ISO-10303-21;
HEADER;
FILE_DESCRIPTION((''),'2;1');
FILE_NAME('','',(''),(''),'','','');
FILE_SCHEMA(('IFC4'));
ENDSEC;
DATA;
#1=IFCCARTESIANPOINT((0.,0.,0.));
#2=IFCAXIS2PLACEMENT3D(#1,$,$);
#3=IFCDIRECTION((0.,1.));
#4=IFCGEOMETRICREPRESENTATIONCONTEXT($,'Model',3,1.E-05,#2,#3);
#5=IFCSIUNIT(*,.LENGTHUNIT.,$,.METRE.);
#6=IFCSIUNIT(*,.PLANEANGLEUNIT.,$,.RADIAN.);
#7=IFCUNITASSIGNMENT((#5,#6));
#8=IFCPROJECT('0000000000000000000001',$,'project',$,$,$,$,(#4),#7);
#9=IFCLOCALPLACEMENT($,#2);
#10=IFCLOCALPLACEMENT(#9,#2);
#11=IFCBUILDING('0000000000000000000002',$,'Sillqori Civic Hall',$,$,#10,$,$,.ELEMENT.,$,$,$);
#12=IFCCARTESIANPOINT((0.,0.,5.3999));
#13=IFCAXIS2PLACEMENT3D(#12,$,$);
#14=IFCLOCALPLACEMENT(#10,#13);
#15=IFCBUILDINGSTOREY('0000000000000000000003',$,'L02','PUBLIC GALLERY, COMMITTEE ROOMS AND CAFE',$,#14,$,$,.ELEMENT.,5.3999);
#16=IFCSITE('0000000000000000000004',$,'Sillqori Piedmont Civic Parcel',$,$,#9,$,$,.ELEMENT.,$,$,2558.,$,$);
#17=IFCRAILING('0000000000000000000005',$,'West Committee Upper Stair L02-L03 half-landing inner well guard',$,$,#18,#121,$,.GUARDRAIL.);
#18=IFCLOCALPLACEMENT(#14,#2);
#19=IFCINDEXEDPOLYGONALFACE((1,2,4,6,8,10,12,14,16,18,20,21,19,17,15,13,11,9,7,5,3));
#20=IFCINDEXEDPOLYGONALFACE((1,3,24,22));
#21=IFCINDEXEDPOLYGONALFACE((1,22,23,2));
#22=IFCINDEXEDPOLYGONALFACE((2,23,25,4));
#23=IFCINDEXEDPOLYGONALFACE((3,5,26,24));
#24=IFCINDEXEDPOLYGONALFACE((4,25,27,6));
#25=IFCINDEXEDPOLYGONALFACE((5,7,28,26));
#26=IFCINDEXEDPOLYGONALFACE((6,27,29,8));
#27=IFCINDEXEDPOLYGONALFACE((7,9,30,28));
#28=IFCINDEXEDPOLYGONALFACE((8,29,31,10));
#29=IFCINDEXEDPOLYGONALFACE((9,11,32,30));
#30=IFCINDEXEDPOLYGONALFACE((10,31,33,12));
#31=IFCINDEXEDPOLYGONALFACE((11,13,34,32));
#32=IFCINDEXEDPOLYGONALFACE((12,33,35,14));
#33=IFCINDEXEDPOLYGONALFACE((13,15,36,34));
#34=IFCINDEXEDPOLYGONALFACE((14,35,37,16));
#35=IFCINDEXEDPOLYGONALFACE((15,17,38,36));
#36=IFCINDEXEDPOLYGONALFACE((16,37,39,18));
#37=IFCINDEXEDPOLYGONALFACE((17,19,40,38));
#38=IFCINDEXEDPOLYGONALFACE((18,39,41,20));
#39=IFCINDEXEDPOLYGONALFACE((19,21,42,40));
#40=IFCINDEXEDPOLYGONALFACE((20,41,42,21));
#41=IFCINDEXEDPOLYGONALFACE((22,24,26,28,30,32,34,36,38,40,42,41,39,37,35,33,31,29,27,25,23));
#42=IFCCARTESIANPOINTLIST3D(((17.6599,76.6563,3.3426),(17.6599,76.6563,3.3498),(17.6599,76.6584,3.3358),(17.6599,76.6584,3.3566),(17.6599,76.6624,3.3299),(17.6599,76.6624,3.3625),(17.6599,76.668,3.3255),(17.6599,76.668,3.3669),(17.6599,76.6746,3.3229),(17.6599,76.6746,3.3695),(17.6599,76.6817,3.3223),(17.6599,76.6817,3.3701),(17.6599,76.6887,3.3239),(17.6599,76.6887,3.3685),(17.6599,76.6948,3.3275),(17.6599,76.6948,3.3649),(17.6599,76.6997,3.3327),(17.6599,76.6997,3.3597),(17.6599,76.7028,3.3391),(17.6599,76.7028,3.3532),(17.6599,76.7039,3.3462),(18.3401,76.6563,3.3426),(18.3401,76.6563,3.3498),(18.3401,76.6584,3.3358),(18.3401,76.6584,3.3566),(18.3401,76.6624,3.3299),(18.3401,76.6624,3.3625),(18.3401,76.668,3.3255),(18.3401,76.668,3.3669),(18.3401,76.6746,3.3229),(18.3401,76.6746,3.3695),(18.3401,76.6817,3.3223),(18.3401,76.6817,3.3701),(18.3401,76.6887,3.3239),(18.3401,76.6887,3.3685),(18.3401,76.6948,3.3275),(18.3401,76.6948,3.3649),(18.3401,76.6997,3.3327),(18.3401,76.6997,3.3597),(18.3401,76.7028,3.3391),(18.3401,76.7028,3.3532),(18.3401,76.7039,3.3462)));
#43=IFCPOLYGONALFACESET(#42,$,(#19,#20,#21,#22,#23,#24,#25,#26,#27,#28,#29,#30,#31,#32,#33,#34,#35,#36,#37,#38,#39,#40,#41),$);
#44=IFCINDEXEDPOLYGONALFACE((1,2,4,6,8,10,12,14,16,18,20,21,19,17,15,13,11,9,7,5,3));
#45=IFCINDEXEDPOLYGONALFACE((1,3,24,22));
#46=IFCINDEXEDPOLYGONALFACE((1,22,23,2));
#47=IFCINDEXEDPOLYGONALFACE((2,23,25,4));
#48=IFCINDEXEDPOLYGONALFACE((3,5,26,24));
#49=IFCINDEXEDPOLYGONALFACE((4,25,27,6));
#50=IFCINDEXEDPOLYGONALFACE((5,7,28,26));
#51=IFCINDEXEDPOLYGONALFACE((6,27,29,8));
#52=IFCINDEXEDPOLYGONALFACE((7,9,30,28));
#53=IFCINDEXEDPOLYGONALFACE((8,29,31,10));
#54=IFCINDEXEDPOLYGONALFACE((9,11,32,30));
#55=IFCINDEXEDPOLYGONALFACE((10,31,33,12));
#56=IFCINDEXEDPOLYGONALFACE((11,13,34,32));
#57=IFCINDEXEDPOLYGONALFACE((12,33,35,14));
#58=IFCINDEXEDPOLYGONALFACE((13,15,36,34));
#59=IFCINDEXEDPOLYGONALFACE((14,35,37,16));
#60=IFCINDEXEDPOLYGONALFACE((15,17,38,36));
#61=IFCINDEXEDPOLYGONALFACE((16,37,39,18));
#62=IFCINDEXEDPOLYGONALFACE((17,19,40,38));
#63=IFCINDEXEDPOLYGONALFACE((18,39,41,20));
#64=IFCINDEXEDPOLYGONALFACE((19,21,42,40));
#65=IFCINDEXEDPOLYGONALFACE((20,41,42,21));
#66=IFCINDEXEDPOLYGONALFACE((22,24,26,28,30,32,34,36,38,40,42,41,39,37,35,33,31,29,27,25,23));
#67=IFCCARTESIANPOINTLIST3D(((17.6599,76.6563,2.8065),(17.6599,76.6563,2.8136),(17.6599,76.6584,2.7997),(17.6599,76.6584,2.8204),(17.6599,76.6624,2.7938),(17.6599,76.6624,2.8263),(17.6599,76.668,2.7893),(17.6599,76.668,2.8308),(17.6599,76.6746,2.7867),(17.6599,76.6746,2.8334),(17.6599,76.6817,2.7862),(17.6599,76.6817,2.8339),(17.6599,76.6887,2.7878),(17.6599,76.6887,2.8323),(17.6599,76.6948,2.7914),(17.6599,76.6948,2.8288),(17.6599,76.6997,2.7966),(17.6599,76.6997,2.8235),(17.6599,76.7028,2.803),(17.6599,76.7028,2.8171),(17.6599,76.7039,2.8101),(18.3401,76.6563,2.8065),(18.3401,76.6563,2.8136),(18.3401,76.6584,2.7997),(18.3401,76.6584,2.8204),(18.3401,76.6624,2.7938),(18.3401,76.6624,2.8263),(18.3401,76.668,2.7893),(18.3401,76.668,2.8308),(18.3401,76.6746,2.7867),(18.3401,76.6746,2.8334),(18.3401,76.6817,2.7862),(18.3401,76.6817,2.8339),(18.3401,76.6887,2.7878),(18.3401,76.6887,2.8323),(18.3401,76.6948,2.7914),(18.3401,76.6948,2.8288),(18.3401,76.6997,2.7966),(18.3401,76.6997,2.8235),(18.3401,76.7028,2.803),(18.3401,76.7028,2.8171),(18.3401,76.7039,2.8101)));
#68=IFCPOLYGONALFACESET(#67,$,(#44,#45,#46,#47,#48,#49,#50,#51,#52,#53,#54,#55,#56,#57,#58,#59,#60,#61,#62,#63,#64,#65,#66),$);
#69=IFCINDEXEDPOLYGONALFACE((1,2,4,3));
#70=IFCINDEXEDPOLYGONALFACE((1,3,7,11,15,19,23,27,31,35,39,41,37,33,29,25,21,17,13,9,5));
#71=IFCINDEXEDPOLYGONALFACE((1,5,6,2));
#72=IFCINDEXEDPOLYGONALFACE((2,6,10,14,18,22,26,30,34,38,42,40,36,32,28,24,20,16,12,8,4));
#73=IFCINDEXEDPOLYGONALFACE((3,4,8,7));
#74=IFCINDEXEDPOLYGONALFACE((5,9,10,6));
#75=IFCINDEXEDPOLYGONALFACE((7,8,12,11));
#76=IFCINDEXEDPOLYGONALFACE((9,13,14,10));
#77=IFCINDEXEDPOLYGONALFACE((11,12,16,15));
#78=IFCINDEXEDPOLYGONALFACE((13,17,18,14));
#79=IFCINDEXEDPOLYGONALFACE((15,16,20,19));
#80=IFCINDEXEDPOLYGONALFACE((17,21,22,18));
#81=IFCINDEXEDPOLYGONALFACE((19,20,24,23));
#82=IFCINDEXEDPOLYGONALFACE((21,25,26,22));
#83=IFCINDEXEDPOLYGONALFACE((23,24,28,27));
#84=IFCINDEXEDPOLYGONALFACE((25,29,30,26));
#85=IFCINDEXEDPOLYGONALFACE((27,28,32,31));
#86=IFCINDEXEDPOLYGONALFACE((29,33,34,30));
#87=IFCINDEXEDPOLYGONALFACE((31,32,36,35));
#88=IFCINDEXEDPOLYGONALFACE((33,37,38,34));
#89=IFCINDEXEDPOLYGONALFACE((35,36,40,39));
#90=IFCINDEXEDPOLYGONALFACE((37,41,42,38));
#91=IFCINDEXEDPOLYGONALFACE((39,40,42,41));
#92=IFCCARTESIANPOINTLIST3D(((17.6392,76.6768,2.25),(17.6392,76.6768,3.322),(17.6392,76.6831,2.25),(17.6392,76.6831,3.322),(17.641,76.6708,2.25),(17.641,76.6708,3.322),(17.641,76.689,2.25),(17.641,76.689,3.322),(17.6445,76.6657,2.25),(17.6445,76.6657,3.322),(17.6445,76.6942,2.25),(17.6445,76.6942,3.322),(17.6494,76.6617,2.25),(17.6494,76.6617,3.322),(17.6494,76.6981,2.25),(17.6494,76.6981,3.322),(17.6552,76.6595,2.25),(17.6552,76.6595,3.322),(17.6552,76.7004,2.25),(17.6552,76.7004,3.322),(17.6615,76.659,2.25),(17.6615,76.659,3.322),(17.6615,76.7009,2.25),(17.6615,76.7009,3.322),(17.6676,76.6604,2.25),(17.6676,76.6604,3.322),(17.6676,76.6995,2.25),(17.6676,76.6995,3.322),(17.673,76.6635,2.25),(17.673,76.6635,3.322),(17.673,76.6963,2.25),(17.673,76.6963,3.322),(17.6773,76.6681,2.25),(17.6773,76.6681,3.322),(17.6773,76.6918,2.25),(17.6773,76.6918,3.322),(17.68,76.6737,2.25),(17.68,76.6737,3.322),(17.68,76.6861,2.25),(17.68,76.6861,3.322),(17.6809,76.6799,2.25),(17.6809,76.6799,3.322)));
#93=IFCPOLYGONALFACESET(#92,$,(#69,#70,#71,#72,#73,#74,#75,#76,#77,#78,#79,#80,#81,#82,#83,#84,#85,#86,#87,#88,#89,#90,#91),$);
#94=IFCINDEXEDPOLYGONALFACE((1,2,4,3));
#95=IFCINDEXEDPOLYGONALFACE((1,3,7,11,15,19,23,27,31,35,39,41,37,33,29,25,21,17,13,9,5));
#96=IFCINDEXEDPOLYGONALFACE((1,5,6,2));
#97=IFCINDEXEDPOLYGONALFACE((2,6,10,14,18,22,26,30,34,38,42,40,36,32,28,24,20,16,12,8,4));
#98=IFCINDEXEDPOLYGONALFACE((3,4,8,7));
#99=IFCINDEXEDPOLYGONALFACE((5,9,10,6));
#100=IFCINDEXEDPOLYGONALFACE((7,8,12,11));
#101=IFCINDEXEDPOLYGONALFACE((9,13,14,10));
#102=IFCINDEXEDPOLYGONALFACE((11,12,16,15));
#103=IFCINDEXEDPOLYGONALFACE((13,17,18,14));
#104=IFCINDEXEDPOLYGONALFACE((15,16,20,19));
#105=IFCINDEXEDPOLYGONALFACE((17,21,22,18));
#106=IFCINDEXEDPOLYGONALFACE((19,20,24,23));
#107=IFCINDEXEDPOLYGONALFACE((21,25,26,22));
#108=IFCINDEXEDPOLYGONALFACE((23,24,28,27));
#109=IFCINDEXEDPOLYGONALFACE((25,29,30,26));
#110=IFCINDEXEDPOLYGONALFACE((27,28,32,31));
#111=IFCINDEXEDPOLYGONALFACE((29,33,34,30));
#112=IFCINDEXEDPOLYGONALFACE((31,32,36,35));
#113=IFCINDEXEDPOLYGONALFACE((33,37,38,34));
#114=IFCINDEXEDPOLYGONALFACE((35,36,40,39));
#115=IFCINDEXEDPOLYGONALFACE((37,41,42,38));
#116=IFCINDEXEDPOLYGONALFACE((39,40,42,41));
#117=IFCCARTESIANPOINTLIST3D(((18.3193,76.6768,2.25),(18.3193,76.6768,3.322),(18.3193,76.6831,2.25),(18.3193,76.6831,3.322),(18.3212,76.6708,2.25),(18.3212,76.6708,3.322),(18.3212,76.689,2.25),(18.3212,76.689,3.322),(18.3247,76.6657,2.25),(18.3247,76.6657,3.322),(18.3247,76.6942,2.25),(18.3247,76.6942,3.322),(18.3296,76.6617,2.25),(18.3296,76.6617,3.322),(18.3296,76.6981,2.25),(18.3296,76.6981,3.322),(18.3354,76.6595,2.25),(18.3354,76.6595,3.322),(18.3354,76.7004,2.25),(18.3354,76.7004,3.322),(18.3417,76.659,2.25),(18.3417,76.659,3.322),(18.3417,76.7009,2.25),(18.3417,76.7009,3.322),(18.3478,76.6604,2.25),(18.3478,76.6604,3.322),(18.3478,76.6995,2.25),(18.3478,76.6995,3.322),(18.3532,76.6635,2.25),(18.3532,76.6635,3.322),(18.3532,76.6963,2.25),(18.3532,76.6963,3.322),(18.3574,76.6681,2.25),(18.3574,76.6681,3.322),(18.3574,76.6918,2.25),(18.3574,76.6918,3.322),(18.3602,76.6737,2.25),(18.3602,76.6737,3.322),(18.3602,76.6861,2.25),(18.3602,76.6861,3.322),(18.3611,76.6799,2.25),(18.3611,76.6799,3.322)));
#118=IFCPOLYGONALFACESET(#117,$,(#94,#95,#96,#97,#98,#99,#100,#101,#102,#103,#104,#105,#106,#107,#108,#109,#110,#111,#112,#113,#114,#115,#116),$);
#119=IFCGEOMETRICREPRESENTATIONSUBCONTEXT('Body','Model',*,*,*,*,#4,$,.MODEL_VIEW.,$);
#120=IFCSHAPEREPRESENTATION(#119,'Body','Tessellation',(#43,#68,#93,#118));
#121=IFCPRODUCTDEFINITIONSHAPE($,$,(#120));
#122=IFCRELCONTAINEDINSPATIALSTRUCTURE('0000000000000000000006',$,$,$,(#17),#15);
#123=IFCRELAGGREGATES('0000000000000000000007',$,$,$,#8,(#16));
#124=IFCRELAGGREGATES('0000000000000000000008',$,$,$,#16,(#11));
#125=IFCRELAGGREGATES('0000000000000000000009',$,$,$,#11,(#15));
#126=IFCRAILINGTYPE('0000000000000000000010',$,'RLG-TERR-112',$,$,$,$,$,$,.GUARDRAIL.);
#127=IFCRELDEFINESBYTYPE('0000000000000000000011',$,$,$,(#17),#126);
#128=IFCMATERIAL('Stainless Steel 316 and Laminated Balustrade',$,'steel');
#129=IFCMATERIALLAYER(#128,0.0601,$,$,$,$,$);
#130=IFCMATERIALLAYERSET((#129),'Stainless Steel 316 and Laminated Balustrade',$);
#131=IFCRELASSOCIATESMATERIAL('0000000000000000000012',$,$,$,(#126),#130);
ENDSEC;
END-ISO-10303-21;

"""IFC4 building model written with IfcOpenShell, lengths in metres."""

from ifc_helpers import new_model, si_unit, direction, frame, origin, origin_2d, place, context, subcontext, project, spatial, circle, extrude, material, layer, layer_set, type_object, element, save


model = new_model("IFC4")

# Units and contexts
model_context = context("Model", 3, precision=1e-05, world=origin(), true_north=direction((0.0, 1.0)))
body_context = subcontext(model_context, "Body", "Model", "MODEL_VIEW")
ifc_project = project(units=[si_unit("LENGTHUNIT", "METRE"), si_unit("PLANEANGLEUNIT", "RADIAN")], contexts=[model_context])

# Site, building, storey
site_placement = place(None, origin())
site = spatial("IfcSite", under=ifc_project, at=site_placement, Name="Sillqori Piedmont Civic Parcel", CompositionType="ELEMENT", RefElevation=2558.0)
building_placement = place(site_placement, origin())
building = spatial("IfcBuilding", under=site, at=building_placement, Name="Sillqori Civic Hall", CompositionType="ELEMENT")
storey_placement = place(building_placement, frame((0.0, 0.0, 5.3999)))
storey = spatial("IfcBuildingStorey", under=building, at=storey_placement, Name="L02", Description="PUBLIC GALLERY, COMMITTEE ROOMS AND CAFE", CompositionType="ELEMENT", Elevation=5.3999)

# Railing
ifc_material_1 = material(Name="Stainless Steel 316 and Laminated Balustrade", Category="steel")
ifc_layer_1 = layer(ifc_material_1, 0.0601)
ifc_layer_set_1 = layer_set([ifc_layer_1], Name="Stainless Steel 316 and Laminated Balustrade")
railing_type_1 = type_object("IfcRailingType", Name="RLG-TERR-112", PredefinedType="GUARDRAIL", material=ifc_layer_set_1)
railing_1_placement = place(storey_placement, frame((17.6599, 76.6799, 2.25)))
element("IfcRailing", 1, at=railing_1_placement, inside=storey, type_object=railing_type_1, Name="West Committee Upper Stair L02-L03 half-landing inner well guard", PredefinedType="GUARDRAIL", context=body_context, shape_type="SweptSolid", body=[
    extrude(circle(Radius=0.0239, at=origin_2d()), frame((0.0, 0.0, 1.0962), z_axis=(1.0, 0.0, 0.0), x_axis=(0.0, 1.0, 0.0)), (0.0, 0.0, 1.0), 0.6802),
    extrude(circle(Radius=0.0239, at=origin_2d()), frame((0.0, 0.0, 0.5601), z_axis=(1.0, 0.0, 0.0), x_axis=(0.0, 1.0, 0.0)), (0.0, 0.0, 1.0), 0.6802),
    extrude(circle(Radius=0.021, at=origin_2d()), origin(), (0.0, 0.0, 1.0), 1.072),
    extrude(circle(Radius=0.021, at=origin_2d()), frame((0.6802, 0.0, 0.0)), (0.0, 0.0, 1.0), 1.072),
])

save(model, "model.ifc")
